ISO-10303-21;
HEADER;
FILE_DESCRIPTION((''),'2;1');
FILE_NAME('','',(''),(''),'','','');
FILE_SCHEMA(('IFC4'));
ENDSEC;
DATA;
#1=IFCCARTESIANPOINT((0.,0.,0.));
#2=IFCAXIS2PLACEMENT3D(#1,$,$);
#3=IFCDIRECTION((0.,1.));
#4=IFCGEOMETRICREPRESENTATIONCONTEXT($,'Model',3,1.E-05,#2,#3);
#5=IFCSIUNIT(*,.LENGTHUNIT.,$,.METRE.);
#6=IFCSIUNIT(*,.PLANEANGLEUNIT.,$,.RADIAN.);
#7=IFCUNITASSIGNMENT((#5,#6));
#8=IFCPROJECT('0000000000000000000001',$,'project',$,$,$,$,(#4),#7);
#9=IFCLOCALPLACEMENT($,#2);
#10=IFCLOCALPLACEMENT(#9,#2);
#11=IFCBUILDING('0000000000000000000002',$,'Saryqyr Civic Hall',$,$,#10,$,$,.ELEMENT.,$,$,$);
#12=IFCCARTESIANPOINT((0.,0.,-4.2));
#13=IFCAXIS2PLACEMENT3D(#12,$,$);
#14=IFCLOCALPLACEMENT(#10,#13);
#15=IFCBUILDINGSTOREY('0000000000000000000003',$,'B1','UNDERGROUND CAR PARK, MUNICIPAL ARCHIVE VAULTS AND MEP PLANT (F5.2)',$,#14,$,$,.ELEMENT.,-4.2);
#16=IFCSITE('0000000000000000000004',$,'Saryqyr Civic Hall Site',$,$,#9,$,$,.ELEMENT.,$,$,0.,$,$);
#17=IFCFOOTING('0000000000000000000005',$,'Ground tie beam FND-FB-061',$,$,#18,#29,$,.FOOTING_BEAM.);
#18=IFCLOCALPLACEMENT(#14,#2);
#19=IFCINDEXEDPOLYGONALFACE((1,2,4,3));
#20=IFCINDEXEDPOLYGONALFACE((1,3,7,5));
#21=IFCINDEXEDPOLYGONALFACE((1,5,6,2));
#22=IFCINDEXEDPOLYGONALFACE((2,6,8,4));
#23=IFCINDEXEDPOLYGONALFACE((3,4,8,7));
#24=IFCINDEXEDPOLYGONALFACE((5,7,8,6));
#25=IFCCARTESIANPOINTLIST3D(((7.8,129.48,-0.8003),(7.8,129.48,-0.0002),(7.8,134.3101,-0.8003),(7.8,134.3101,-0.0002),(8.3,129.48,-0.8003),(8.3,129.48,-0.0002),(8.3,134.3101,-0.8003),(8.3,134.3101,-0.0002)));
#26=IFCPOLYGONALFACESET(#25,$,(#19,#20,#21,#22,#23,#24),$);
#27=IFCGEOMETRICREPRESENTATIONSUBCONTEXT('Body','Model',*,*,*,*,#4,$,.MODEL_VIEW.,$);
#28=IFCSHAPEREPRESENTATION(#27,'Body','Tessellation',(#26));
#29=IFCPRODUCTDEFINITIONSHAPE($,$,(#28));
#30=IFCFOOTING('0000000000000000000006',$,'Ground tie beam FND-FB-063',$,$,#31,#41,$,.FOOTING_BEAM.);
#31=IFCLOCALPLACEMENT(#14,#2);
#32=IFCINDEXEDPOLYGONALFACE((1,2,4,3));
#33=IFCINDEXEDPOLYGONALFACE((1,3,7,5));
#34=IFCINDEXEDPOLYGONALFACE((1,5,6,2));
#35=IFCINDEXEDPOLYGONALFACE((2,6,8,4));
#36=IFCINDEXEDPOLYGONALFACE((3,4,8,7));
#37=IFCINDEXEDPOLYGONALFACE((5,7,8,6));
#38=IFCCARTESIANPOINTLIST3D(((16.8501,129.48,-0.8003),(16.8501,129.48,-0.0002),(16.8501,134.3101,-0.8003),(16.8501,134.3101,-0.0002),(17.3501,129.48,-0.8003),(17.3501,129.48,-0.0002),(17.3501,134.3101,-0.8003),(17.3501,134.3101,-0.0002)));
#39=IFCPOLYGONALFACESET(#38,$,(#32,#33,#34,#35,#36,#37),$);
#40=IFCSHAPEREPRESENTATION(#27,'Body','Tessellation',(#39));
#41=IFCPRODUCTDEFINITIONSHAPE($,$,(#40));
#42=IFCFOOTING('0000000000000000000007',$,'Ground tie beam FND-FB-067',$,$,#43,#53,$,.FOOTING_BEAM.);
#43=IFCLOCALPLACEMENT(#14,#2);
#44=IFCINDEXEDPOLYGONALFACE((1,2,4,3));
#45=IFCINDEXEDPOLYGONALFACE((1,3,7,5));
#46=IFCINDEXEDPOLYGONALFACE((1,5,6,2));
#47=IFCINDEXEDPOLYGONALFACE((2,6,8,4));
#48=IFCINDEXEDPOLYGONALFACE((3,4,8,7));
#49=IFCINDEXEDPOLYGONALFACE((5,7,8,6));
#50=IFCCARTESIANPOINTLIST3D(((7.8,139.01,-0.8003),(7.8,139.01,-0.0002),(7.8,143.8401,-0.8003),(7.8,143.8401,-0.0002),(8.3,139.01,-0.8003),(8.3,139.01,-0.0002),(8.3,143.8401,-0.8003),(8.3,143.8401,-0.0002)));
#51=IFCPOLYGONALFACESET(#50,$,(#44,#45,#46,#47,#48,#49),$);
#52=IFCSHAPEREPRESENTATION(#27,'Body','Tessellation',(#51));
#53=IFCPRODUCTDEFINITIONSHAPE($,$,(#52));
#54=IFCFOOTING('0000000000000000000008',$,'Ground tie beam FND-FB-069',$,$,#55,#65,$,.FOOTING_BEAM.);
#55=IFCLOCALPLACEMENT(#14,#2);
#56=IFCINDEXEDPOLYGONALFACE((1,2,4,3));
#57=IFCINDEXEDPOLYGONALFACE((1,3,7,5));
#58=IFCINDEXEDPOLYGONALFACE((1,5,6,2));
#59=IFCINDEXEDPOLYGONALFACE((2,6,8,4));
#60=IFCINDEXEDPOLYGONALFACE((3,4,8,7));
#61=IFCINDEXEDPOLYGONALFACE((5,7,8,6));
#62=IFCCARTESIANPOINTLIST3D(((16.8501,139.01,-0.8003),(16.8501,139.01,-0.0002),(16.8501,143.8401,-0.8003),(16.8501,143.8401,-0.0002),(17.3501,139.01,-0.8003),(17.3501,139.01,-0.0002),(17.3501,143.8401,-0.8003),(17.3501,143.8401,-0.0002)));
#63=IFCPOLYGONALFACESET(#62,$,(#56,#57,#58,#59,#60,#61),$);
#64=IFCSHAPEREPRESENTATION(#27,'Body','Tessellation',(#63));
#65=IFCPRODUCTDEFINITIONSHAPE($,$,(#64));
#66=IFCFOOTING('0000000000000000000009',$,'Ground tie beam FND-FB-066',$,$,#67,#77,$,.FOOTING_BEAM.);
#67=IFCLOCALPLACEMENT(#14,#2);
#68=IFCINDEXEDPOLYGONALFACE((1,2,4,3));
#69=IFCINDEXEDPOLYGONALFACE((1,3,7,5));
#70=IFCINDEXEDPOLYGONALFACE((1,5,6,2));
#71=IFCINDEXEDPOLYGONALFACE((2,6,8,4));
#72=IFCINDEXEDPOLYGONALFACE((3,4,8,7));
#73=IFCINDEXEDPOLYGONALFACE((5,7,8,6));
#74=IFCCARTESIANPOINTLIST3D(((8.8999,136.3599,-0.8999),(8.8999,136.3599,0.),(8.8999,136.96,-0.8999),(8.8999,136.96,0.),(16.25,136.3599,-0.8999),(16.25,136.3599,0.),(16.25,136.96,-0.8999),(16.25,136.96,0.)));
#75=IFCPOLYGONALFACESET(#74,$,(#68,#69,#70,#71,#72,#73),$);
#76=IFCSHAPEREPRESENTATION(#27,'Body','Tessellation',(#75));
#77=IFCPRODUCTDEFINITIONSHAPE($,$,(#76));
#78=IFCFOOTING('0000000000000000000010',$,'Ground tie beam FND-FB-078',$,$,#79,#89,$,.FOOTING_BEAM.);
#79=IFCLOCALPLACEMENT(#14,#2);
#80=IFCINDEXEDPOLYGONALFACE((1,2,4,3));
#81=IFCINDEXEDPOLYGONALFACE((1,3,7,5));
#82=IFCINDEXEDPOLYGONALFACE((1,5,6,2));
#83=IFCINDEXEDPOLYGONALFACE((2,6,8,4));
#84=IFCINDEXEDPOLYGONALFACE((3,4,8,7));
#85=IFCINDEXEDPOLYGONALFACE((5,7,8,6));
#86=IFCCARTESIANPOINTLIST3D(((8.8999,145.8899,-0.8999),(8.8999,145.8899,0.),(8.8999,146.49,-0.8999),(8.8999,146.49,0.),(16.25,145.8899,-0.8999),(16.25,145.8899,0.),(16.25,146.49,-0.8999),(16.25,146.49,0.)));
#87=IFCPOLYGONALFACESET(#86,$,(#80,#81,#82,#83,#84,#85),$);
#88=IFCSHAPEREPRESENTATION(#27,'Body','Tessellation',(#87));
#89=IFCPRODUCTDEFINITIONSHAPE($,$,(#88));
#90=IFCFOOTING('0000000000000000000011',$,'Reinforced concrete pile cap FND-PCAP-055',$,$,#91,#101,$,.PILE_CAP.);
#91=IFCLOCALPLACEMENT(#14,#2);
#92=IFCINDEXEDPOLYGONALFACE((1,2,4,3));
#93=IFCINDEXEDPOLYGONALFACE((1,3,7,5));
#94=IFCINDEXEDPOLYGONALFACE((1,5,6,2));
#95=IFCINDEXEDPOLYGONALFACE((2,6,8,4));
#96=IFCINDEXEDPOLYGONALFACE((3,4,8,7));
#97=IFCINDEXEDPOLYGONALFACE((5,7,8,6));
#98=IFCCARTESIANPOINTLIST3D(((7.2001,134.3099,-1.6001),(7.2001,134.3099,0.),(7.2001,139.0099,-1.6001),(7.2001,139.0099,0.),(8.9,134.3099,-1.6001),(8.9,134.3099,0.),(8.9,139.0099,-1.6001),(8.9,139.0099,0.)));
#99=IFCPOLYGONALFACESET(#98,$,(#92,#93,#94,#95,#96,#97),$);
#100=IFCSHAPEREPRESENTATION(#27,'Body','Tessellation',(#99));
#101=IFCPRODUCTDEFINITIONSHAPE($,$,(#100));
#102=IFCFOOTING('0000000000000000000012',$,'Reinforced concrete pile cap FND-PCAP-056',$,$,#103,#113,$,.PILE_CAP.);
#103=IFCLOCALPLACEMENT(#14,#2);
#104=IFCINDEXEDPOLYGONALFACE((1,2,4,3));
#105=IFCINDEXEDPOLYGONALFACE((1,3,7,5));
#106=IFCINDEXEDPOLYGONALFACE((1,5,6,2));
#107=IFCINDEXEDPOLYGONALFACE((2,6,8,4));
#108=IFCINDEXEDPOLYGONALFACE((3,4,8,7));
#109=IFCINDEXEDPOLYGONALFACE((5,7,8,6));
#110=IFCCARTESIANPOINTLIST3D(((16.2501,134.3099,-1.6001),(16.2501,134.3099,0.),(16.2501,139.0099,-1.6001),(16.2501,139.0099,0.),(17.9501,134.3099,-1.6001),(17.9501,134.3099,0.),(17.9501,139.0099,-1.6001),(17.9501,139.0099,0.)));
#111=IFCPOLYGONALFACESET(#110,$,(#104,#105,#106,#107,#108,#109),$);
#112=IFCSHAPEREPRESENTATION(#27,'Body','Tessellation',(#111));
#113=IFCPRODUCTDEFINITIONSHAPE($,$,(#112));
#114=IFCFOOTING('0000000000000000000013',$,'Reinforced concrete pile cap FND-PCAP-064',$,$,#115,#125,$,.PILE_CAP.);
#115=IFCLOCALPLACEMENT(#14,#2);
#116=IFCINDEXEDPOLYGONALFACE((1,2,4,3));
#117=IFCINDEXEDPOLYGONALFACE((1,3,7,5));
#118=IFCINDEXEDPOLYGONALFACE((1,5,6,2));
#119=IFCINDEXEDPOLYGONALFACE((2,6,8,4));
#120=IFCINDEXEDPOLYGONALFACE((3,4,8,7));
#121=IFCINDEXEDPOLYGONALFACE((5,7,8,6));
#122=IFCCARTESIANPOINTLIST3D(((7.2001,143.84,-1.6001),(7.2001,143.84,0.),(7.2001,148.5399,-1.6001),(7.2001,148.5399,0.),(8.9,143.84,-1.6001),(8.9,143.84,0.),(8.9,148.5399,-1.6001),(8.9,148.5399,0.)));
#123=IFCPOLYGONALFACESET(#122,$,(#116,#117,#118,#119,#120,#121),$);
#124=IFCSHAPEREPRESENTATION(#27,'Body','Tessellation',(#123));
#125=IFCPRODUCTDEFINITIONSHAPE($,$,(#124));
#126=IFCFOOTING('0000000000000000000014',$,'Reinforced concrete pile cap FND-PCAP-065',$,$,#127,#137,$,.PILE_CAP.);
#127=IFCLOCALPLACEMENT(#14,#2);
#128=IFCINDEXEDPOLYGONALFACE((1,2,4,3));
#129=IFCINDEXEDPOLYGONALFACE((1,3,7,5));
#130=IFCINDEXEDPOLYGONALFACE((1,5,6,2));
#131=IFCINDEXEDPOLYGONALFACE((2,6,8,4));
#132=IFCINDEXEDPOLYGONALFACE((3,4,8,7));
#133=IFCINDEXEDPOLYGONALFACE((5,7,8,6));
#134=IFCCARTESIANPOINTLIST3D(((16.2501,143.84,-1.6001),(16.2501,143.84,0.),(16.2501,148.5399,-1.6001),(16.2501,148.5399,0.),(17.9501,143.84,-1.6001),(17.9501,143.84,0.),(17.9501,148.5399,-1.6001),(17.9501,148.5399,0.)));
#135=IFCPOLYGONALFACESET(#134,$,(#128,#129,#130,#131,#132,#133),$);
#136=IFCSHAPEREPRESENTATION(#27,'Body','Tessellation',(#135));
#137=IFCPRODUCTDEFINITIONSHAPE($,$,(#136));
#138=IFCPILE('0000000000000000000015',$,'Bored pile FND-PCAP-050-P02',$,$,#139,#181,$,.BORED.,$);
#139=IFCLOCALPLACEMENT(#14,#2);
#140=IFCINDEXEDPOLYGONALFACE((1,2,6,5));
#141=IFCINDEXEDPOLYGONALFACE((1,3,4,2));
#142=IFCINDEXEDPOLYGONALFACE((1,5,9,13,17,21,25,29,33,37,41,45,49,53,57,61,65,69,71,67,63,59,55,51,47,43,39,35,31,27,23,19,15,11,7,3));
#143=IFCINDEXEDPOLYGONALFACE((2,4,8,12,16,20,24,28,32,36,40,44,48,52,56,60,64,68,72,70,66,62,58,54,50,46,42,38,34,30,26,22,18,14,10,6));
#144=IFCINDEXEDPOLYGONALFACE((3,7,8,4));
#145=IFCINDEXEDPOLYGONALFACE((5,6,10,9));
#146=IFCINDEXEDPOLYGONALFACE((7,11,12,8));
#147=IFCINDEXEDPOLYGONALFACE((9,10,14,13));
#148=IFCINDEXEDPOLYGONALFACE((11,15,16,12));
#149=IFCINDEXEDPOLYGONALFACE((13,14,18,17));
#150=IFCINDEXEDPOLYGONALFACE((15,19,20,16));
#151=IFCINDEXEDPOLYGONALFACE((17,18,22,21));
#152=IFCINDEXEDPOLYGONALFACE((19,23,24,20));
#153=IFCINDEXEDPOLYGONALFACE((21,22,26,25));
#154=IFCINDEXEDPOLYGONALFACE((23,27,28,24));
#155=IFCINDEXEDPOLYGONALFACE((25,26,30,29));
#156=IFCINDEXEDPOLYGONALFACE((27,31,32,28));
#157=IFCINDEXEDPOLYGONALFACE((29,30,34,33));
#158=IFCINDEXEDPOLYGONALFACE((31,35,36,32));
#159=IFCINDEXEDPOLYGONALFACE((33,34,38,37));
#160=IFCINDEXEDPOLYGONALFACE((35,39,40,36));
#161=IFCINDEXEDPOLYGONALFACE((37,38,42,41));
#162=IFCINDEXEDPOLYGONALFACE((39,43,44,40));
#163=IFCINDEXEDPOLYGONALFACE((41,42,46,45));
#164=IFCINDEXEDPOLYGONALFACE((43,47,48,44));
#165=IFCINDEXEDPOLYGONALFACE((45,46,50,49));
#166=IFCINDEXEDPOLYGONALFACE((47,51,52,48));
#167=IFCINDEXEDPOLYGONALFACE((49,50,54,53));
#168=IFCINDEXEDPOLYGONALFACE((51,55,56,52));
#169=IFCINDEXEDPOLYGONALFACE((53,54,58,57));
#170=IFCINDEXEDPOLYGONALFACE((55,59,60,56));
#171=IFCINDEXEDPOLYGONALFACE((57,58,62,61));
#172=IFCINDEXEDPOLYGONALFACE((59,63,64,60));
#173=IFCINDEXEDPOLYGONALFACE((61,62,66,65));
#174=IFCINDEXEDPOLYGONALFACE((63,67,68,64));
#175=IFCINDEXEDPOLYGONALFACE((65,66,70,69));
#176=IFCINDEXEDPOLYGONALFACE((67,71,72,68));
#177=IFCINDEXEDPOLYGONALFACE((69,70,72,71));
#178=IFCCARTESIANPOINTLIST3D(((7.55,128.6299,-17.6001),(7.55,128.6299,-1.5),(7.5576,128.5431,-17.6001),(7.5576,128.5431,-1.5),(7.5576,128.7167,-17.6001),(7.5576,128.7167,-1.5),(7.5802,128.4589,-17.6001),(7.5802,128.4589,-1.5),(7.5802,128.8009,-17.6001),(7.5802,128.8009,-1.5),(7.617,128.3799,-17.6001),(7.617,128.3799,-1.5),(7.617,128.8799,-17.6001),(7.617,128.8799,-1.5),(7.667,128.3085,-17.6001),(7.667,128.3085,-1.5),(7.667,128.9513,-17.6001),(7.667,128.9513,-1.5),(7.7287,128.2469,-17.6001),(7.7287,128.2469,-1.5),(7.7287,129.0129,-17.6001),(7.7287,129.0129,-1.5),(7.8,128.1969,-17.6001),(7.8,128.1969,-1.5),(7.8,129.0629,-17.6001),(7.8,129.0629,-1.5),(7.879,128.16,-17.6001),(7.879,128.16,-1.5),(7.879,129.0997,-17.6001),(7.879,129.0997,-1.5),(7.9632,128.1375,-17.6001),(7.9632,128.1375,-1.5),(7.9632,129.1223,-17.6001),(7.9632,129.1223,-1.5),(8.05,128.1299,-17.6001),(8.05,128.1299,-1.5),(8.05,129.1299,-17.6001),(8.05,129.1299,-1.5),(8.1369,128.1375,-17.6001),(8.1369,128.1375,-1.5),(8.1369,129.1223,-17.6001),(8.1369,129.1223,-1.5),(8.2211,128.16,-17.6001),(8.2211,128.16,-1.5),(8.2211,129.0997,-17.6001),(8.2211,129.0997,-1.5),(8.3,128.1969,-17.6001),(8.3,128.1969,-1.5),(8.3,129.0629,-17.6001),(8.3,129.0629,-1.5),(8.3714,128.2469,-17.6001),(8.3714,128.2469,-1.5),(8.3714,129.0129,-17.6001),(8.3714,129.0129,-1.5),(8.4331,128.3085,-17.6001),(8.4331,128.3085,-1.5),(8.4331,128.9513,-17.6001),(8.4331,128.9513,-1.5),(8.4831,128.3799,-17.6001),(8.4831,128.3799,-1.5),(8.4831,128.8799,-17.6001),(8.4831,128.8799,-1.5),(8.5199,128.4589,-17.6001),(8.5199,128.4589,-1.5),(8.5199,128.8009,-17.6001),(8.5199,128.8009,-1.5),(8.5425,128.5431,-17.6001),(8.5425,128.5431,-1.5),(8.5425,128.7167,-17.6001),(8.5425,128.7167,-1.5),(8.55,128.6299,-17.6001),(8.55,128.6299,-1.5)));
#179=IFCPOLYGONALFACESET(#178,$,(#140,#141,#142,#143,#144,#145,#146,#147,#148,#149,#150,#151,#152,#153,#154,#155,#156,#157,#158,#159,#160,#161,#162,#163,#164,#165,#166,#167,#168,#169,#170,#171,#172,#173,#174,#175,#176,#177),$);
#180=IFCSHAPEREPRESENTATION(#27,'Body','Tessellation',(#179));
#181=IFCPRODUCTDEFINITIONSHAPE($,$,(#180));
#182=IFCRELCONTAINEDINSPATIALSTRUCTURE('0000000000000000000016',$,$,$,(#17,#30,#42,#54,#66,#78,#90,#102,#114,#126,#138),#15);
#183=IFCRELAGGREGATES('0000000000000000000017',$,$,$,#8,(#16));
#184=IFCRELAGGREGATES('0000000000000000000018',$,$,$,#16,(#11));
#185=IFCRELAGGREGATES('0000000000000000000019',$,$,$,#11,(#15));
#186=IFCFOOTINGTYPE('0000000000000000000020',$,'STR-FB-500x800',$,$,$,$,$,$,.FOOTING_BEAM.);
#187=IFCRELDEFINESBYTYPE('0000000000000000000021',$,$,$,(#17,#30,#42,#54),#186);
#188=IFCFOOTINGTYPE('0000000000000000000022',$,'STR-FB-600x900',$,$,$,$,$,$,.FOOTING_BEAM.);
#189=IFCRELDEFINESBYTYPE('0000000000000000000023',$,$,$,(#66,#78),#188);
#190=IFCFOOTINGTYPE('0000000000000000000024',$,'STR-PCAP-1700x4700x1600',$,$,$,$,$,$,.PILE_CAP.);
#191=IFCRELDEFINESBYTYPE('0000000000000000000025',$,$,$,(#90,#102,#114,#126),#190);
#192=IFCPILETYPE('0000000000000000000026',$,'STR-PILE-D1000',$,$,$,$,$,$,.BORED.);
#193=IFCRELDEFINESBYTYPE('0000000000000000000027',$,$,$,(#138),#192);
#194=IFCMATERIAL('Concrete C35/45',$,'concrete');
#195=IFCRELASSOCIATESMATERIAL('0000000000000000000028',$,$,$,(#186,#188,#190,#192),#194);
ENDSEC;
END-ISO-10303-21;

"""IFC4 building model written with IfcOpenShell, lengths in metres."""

from ifc_helpers import new_model, si_unit, direction, frame, origin, origin_2d, place, context, subcontext, project, spatial, rectangle, circle, extrude, material, material_profile, profile_set, type_object, element, save


model = new_model("IFC4")

# Units and contexts
model_context = context("Model", 3, precision=1e-05, world=origin(), true_north=direction((0.0, 1.0)))
body_context = subcontext(model_context, "Body", "Model", "MODEL_VIEW")
ifc_project = project(units=[si_unit("LENGTHUNIT", "METRE"), si_unit("PLANEANGLEUNIT", "RADIAN")], contexts=[model_context])

# Site, building, storey
site_placement = place(None, origin())
site = spatial("IfcSite", under=ifc_project, at=site_placement, Name="Saryqyr Civic Hall Site", CompositionType="ELEMENT", RefElevation=0.0)
building_placement = place(site_placement, origin())
building = spatial("IfcBuilding", under=site, at=building_placement, Name="Saryqyr Civic Hall", CompositionType="ELEMENT")
storey_placement = place(building_placement, frame((0.0, 0.0, -4.2)))
storey = spatial("IfcBuildingStorey", under=building, at=storey_placement, Name="B1", Description="UNDERGROUND CAR PARK, MUNICIPAL ARCHIVE VAULTS AND MEP PLANT (F5.2)", CompositionType="ELEMENT", Elevation=-4.2)

# Footings
ifc_material_1 = material(Name="Concrete C35/45", Category="concrete")
footing_type_1 = type_object("IfcFootingType", Name="STR-FB-500x800", PredefinedType="FOOTING_BEAM", material=ifc_material_1)
for number, where, z_axis, x_axis, name in (
    (1, (8.05, 131.895, -0.8003), (0.0, 0.0, 1.0), (1.0, 0.0, 0.0), "Ground tie beam FND-FB-061"),
    (2, (17.1001, 131.895, -0.8003), (0.0, 0.0, 1.0), (1.0, 0.0, 0.0), "Ground tie beam FND-FB-063"),
    (3, (8.05, 141.425, -0.8003), (0.0, 0.0, 1.0), (1.0, 0.0, 0.0), "Ground tie beam FND-FB-067"),
    (4, (17.1001, 141.425, -0.8003), (0.0, 0.0, 1.0), (1.0, 0.0, 0.0), "Ground tie beam FND-FB-069"),
):
    element("IfcFooting", number, at=place(storey_placement, frame(where, z_axis=z_axis, x_axis=x_axis)), inside=storey, type_object=footing_type_1, Name=name, PredefinedType="FOOTING_BEAM", context=body_context, shape_type="SweptSolid", body=[
        extrude(rectangle(XDim=0.5, YDim=4.8301, at=origin_2d()), origin(), (0.0, 0.0, 1.0), 0.8),
    ])
footing_type_2 = type_object("IfcFootingType", Name="STR-FB-600x900", PredefinedType="FOOTING_BEAM", material=ifc_material_1)
for number, where, z_axis, x_axis, name in (
    (5, (12.575, 136.6599, -0.8999), (0.0, 0.0, 1.0), (1.0, 0.0, 0.0), "Ground tie beam FND-FB-066"),
    (6, (12.575, 146.1899, -0.8999), (0.0, 0.0, 1.0), (1.0, 0.0, 0.0), "Ground tie beam FND-FB-078"),
):
    element("IfcFooting", number, at=place(storey_placement, frame(where, z_axis=z_axis, x_axis=x_axis)), inside=storey, type_object=footing_type_2, Name=name, PredefinedType="FOOTING_BEAM", context=body_context, shape_type="SweptSolid", body=[
        extrude(rectangle(XDim=7.3501, YDim=0.6001, at=origin_2d()), origin(), (0.0, 0.0, 1.0), 0.8999),
    ])
footing_type_3 = type_object("IfcFootingType", Name="STR-PCAP-1700x4700x1600", PredefinedType="PILE_CAP", material=ifc_material_1)
for number, where, z_axis, x_axis, name in (
    (7, (8.05, 136.6599, -1.6001), (0.0, 0.0, 1.0), (1.0, 0.0, 0.0), "Reinforced concrete pile cap FND-PCAP-055"),
    (8, (17.1001, 136.6599, -1.6001), (0.0, 0.0, 1.0), (1.0, 0.0, 0.0), "Reinforced concrete pile cap FND-PCAP-056"),
    (9, (8.05, 146.1899, -1.6001), (0.0, 0.0, 1.0), (1.0, 0.0, 0.0), "Reinforced concrete pile cap FND-PCAP-064"),
    (10, (17.1001, 146.1899, -1.6001), (0.0, 0.0, 1.0), (1.0, 0.0, 0.0), "Reinforced concrete pile cap FND-PCAP-065"),
):
    element("IfcFooting", number, at=place(storey_placement, frame(where, z_axis=z_axis, x_axis=x_axis)), inside=storey, type_object=footing_type_3, Name=name, PredefinedType="PILE_CAP", context=body_context, shape_type="SweptSolid", body=[
        extrude(rectangle(XDim=1.7, YDim=4.7, at=origin_2d()), origin(), (0.0, 0.0, 1.0), 1.6001),
    ])

# Pile
ifc_material_profile_1 = material_profile(ifc_material_1, circle(Radius=0.5, at=origin_2d()), Name="BORED PILE D1000")
ifc_profile_set_1 = profile_set([ifc_material_profile_1], Name="Concrete C35/45")
pile_type = type_object("IfcPileType", Name="STR-PILE-D1000", PredefinedType="BORED", material=ifc_profile_set_1)
for number, where, z_axis, x_axis, name in (
    (11, (8.05, 128.6299, -1.5), (0.0, 0.0, -1.0), (1.0, 0.0, 0.0), "Bored pile FND-PCAP-050-P02"),
):
    element("IfcPile", number, at=place(storey_placement, frame(where, z_axis=z_axis, x_axis=x_axis)), inside=storey, type_object=pile_type, Name=name, PredefinedType="BORED", context=body_context, shape_type="SweptSolid", body=[
        extrude(circle(Radius=0.5, at=origin_2d()), origin(), (0.0, 0.0, 1.0), 16.1001),
    ])

save(model, "model.ifc")
